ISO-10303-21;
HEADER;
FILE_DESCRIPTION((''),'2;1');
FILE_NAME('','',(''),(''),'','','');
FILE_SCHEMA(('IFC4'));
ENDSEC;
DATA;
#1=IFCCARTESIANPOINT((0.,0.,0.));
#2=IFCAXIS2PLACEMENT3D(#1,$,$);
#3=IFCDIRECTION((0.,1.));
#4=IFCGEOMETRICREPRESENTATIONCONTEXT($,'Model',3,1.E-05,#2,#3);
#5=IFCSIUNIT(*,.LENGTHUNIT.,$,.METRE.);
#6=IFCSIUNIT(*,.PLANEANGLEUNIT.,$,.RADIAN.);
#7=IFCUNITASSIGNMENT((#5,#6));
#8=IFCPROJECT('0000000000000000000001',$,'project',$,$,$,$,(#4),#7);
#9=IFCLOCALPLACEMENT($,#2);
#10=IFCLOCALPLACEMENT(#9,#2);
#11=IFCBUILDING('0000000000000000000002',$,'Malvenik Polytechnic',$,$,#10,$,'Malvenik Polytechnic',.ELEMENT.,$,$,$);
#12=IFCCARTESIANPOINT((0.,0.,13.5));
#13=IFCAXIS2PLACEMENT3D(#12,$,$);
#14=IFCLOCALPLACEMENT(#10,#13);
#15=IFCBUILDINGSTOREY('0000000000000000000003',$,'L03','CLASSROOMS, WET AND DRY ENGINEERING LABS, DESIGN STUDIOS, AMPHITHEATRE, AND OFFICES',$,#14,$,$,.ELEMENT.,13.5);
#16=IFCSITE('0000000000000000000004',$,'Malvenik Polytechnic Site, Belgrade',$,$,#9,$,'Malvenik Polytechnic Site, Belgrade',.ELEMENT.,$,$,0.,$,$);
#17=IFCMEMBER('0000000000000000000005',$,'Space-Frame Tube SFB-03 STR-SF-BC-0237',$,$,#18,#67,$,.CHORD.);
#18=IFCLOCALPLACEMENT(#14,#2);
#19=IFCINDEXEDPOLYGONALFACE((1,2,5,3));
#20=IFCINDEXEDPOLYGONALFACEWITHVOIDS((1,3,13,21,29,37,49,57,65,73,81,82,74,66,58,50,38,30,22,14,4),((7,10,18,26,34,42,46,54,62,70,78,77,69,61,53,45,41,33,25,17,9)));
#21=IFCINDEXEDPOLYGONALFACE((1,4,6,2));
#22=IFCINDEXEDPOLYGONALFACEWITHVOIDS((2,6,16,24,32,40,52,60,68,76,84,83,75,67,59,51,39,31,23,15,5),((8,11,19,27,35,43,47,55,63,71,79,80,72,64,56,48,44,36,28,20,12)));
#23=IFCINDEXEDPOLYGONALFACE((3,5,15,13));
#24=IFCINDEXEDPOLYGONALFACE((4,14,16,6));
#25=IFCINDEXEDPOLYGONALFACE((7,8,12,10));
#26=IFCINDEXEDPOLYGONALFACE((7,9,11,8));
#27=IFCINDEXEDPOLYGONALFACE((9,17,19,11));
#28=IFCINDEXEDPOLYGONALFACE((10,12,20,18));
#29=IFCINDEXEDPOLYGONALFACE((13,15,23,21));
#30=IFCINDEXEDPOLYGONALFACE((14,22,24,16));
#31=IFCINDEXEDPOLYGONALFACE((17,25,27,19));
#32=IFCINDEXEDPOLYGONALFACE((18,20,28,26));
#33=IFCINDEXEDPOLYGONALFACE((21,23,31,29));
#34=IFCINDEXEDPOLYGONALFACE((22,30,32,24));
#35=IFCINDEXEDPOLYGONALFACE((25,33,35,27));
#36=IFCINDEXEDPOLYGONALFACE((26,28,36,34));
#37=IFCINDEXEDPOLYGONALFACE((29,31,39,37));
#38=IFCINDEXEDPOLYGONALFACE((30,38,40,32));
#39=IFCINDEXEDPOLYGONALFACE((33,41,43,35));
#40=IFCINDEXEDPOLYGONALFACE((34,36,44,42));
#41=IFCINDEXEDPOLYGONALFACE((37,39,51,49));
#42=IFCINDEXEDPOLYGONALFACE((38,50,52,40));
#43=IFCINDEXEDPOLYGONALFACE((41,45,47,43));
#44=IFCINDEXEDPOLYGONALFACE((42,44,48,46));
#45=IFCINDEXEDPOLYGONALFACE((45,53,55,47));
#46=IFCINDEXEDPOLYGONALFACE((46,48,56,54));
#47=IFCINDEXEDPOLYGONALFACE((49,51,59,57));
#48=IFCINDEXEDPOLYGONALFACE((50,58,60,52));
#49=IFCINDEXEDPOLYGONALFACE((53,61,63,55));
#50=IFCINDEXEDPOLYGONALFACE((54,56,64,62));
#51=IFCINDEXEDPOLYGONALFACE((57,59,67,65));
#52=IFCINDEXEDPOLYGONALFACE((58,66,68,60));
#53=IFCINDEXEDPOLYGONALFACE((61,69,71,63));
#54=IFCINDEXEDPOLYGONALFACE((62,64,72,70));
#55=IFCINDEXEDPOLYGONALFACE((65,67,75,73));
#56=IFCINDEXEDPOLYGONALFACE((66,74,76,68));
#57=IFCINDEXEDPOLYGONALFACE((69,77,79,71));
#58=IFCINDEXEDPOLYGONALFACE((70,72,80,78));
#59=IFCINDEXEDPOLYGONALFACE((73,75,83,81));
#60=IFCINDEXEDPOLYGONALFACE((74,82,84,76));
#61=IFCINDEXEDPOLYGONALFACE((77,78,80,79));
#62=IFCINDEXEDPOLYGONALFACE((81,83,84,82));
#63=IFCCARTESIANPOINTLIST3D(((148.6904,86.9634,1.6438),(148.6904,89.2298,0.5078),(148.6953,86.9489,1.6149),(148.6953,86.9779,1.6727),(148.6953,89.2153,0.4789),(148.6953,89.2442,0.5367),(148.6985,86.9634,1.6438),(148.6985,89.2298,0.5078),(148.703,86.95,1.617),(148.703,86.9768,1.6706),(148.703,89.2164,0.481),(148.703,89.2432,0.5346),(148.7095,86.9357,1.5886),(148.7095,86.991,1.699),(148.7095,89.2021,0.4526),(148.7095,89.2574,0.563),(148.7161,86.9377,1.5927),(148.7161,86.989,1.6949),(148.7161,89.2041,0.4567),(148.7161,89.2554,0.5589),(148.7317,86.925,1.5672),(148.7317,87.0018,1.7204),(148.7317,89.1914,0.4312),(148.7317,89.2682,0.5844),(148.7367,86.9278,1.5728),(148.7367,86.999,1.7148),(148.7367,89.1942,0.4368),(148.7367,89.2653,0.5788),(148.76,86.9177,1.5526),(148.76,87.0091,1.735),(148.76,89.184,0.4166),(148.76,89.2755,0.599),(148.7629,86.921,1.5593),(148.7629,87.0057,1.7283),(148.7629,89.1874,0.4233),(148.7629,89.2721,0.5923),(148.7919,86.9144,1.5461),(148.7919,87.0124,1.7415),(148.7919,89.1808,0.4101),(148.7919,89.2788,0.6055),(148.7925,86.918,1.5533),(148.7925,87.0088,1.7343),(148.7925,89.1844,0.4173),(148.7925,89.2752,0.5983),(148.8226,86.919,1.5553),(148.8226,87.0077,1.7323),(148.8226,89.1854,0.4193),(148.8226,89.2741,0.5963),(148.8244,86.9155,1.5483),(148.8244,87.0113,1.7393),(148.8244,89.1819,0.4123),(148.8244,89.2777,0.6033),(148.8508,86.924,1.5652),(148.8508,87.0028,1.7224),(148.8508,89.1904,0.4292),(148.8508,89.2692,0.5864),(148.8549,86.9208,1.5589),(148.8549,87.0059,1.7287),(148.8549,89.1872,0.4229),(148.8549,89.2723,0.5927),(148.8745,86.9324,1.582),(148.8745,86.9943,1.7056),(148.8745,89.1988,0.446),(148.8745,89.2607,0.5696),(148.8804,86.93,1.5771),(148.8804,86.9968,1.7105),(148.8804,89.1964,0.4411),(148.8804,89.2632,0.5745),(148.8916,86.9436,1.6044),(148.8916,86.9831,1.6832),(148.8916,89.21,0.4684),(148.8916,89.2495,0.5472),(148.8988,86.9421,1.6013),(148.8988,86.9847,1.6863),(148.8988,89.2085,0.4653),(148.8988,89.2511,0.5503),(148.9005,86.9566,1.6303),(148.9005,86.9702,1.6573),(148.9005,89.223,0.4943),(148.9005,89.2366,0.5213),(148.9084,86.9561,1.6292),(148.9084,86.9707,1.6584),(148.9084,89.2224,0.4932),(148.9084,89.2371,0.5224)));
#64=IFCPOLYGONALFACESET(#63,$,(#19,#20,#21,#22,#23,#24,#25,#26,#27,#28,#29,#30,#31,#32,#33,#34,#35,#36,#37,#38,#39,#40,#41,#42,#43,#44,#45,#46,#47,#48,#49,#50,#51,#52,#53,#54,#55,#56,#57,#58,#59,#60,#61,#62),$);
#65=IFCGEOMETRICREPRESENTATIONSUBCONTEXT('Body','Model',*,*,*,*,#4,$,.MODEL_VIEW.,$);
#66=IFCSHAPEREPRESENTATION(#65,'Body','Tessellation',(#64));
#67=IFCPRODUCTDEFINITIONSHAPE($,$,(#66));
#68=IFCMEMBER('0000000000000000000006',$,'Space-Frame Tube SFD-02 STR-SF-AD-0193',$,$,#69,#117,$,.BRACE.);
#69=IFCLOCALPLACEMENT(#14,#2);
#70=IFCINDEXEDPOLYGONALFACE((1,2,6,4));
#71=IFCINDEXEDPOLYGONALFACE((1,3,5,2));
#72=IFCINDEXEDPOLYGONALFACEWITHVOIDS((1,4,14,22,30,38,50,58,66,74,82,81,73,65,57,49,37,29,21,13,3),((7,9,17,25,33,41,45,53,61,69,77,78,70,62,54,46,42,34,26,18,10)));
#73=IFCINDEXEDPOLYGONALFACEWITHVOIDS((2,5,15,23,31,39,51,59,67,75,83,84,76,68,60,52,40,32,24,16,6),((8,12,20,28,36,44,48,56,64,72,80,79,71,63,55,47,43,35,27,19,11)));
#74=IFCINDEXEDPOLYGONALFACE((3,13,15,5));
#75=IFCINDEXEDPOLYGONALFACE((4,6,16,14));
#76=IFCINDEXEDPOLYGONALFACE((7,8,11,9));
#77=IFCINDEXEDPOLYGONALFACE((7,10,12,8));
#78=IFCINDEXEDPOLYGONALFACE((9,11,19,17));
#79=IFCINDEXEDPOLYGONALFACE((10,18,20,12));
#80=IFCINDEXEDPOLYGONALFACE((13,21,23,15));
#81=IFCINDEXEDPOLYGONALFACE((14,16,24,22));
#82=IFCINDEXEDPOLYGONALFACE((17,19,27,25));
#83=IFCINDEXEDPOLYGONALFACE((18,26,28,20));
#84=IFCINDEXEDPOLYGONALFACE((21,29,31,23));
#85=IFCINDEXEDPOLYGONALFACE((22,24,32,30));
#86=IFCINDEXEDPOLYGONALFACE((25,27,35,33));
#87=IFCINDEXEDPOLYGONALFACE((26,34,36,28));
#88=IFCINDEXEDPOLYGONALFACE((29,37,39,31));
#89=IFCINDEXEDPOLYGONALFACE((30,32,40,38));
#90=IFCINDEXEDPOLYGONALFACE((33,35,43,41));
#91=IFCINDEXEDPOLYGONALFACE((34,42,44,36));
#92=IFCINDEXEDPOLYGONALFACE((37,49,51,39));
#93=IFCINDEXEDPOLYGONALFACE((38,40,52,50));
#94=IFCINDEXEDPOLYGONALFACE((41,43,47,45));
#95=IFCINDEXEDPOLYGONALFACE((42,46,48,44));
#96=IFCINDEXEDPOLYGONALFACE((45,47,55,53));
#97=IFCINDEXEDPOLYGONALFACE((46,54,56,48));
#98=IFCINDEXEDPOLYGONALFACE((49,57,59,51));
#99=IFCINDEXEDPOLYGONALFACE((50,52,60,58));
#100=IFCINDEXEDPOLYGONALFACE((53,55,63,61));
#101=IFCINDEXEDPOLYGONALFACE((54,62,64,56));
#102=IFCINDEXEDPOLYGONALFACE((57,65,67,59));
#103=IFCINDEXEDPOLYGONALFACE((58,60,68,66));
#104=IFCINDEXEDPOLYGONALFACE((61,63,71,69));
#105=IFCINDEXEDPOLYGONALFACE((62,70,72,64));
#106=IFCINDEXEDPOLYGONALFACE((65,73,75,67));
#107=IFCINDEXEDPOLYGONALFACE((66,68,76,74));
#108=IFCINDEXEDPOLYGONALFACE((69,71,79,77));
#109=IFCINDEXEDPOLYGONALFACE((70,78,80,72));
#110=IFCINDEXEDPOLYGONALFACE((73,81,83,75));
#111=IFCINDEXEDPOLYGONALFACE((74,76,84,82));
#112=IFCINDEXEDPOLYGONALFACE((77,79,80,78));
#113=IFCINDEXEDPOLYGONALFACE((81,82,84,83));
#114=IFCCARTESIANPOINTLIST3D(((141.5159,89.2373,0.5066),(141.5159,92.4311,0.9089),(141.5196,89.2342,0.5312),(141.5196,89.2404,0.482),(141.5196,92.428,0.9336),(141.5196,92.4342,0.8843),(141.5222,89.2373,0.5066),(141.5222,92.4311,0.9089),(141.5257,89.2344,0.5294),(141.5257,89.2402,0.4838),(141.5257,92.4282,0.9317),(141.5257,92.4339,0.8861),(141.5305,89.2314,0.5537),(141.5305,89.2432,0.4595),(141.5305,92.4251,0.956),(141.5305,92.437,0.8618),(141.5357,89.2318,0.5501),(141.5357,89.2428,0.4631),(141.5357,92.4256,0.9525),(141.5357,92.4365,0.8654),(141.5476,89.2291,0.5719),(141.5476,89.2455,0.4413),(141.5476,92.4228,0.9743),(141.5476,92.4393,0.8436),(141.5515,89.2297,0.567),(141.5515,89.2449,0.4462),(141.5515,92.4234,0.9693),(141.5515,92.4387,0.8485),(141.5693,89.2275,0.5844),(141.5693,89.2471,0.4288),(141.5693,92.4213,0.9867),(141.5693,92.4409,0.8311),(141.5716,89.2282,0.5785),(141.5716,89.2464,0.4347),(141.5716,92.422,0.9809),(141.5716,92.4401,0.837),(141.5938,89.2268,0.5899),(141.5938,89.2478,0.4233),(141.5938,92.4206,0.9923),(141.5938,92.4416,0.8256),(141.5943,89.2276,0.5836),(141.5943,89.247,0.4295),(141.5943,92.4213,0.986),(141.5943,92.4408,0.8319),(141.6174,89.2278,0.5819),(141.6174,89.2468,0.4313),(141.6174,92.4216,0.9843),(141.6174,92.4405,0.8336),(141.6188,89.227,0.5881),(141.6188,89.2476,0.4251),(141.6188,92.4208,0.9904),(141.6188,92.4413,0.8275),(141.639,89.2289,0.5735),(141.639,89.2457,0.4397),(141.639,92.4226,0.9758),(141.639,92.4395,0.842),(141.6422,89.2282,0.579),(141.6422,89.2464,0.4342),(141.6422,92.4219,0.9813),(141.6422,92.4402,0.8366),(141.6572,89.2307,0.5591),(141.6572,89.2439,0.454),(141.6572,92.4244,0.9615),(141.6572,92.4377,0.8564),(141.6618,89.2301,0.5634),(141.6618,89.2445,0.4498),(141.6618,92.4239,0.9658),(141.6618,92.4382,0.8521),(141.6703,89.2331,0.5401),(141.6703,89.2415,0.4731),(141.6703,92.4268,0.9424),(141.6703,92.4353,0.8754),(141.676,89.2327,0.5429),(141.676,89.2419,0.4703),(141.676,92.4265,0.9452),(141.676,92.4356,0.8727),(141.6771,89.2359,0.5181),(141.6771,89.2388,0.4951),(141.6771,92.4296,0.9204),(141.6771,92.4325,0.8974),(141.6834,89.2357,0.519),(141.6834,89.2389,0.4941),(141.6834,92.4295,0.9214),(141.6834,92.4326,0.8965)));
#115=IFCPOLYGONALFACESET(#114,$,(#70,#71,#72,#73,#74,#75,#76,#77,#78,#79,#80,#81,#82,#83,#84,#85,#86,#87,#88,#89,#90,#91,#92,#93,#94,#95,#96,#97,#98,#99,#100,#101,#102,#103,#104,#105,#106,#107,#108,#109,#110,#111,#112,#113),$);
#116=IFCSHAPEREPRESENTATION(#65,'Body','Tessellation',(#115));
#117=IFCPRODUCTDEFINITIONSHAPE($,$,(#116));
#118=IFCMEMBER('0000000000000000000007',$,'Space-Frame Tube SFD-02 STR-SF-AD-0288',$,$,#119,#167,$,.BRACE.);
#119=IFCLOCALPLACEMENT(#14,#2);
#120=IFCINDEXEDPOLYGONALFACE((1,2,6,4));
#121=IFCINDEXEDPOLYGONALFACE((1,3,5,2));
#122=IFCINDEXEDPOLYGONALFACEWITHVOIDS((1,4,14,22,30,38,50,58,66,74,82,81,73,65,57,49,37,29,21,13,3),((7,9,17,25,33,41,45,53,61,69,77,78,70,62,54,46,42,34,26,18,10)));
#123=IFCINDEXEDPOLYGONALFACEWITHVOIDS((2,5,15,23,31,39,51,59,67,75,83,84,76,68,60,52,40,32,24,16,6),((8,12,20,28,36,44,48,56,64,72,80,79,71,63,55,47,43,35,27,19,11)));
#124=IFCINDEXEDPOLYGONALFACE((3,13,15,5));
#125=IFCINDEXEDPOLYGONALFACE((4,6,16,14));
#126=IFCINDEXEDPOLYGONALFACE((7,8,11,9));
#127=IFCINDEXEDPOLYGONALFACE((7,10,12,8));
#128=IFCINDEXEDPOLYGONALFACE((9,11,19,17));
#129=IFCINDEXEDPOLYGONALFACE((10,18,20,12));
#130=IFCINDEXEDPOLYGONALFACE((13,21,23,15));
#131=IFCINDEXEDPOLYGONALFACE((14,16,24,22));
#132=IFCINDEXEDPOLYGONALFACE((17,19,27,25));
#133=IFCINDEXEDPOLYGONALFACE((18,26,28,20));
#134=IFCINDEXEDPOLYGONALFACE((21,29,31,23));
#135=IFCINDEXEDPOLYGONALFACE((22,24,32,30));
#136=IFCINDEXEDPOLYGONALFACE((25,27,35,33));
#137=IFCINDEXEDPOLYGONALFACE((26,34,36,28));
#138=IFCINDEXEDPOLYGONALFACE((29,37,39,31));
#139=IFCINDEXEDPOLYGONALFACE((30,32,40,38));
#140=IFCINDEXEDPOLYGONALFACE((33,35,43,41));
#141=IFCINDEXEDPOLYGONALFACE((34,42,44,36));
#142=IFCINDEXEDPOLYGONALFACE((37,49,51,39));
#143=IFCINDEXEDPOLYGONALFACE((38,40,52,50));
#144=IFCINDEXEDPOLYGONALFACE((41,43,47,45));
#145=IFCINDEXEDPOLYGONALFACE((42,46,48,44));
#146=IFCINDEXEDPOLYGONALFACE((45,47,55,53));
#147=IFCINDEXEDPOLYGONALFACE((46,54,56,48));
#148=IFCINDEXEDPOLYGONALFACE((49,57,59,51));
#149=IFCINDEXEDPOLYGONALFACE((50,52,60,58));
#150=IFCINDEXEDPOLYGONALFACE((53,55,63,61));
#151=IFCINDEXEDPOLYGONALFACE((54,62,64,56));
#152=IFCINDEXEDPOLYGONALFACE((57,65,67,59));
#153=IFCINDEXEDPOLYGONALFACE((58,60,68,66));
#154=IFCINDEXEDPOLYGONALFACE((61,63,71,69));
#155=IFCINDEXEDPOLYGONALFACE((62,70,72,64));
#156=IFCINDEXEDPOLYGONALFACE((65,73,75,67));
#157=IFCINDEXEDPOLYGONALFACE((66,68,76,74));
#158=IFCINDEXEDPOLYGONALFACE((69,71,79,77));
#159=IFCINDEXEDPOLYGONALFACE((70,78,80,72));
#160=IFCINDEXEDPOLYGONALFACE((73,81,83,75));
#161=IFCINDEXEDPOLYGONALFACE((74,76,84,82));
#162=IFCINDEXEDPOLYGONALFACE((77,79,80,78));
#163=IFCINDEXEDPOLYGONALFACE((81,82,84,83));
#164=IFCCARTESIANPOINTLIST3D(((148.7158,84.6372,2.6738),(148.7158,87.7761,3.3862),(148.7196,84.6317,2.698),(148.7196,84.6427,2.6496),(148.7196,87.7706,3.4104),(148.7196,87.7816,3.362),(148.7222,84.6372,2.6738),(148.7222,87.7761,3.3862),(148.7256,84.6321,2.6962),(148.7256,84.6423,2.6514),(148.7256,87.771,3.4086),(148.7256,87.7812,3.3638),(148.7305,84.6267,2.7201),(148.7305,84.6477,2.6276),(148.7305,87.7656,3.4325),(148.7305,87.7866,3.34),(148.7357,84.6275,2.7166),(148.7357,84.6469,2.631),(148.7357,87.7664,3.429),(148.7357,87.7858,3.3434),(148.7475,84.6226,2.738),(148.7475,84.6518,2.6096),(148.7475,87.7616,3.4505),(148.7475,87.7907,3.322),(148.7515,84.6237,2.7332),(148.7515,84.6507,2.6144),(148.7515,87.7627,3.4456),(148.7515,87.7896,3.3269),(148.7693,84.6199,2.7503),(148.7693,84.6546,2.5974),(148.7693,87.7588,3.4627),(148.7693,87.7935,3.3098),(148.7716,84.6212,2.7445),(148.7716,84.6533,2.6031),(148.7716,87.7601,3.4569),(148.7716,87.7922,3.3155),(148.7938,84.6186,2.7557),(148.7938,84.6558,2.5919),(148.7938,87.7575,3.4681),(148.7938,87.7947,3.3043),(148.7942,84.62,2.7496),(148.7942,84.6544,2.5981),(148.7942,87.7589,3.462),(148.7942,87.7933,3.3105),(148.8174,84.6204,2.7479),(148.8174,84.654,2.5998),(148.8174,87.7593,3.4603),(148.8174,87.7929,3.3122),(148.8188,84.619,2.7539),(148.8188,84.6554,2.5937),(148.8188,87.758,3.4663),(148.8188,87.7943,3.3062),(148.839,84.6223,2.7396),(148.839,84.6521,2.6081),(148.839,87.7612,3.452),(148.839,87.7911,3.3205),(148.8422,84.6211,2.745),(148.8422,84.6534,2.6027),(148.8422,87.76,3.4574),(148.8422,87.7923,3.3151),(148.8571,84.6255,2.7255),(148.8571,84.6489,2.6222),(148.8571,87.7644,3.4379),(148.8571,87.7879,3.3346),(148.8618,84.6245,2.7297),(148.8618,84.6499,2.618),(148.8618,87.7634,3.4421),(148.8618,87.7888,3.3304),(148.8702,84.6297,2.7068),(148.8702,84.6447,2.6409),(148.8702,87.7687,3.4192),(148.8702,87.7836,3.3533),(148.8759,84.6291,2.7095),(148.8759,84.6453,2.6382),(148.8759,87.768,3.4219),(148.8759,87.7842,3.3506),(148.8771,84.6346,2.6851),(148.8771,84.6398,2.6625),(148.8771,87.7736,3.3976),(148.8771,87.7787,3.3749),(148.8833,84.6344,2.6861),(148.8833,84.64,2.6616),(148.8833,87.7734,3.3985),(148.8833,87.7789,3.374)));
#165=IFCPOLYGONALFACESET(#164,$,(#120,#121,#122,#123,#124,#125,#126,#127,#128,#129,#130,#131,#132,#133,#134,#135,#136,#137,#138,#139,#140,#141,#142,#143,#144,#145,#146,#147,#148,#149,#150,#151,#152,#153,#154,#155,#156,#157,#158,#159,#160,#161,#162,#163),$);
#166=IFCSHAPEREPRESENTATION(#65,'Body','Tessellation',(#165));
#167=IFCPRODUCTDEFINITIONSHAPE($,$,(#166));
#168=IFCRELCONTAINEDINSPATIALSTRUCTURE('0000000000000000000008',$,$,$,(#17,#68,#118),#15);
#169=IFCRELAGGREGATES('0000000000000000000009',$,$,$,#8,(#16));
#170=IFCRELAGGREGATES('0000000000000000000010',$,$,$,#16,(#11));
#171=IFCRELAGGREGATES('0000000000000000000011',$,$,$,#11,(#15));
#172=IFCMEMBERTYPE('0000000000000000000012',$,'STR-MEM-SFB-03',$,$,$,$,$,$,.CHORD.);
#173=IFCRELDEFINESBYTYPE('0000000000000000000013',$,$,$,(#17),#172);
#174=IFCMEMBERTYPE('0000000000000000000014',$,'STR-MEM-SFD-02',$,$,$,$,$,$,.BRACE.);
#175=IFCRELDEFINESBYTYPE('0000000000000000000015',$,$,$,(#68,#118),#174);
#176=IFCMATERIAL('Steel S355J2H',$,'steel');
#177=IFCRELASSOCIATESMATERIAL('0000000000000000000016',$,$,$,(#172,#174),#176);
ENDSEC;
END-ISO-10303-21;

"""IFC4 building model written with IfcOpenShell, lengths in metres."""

from ifc_helpers import new_model, si_unit, direction, frame, origin, origin_2d, place, context, subcontext, project, spatial, hollow_circle, extrude, material, material_profile, profile_set, type_object, element, save


model = new_model("IFC4")

# Units and contexts
model_context = context("Model", 3, precision=1e-05, world=origin(), true_north=direction((0.0, 1.0)))
body_context = subcontext(model_context, "Body", "Model", "MODEL_VIEW")
ifc_project = project(units=[si_unit("LENGTHUNIT", "METRE"), si_unit("PLANEANGLEUNIT", "RADIAN")], contexts=[model_context])

# Site, building, storey
site_placement = place(None, origin())
site = spatial("IfcSite", under=ifc_project, at=site_placement, Name="Malvenik Polytechnic Site, Belgrade", LongName="Malvenik Polytechnic Site, Belgrade", CompositionType="ELEMENT", RefElevation=0.0)
building_placement = place(site_placement, origin())
building = spatial("IfcBuilding", under=site, at=building_placement, Name="Malvenik Polytechnic", LongName="Malvenik Polytechnic", CompositionType="ELEMENT")
storey_placement = place(building_placement, frame((0.0, 0.0, 13.5)))
storey = spatial("IfcBuildingStorey", under=building, at=storey_placement, Name="L03", Description="CLASSROOMS, WET AND DRY ENGINEERING LABS, DESIGN STUDIOS, AMPHITHEATRE, AND OFFICES", CompositionType="ELEMENT", Elevation=13.5)

# Members
ifc_material_1 = material(Name="Steel S355J2H", Category="steel")
ifc_material_profile_1 = material_profile(ifc_material_1, hollow_circle(Radius=0.1096, WallThickness=0.0081, at=origin_2d()), Name="CHS 219.1x8.0")
ifc_profile_set_1 = profile_set([ifc_material_profile_1], Name="Steel S355J2H")
member_type_1 = type_object("IfcMemberType", Name="STR-MEM-SFB-03", PredefinedType="CHORD", material=ifc_profile_set_1)
member_1_placement = place(storey_placement, frame((148.8, 86.9634, 1.6438), z_axis=(0.0, 0.893984, -0.448099), x_axis=(-1.0, 0.0, 0.0)))
element("IfcMember", 1, at=member_1_placement, inside=storey, type_object=member_type_1, Name="Space-Frame Tube SFB-03 STR-SF-BC-0237", PredefinedType="CHORD", context=body_context, shape_type="SweptSolid", body=[
    extrude(hollow_circle(Radius=0.1096, WallThickness=0.0081, at=origin_2d()), origin(), (0.0, 0.0, 1.0), 2.5352),
])
ifc_material_profile_2 = material_profile(ifc_material_1, hollow_circle(Radius=0.0842, WallThickness=0.0063, at=origin_2d()), Name="CHS 168.3x6.3")
ifc_profile_set_2 = profile_set([ifc_material_profile_2], Name="Steel S355J2H")
member_type_2 = type_object("IfcMemberType", Name="STR-MEM-SFD-02", PredefinedType="BRACE", material=ifc_profile_set_2)
member_2_placement = place(storey_placement, frame((141.6001, 89.2373, 0.5066), z_axis=(0.0, 0.992158, 0.124987), x_axis=(-1.0, 0.0, 0.0)))
element("IfcMember", 2, at=member_2_placement, inside=storey, type_object=member_type_2, Name="Space-Frame Tube SFD-02 STR-SF-AD-0193", PredefinedType="BRACE", context=body_context, shape_type="SweptSolid", body=[
    extrude(hollow_circle(Radius=0.0842, WallThickness=0.0063, at=origin_2d()), origin(), (0.0, 0.0, 1.0), 3.219),
])
member_3_placement = place(storey_placement, frame((148.8, 84.6372, 2.6738), z_axis=(0.0, 0.975199, 0.221329), x_axis=(-1.0, 0.0, 0.0)))
element("IfcMember", 3, at=member_3_placement, inside=storey, type_object=member_type_2, Name="Space-Frame Tube SFD-02 STR-SF-AD-0288", PredefinedType="BRACE", context=body_context, shape_type="SweptSolid", body=[
    extrude(hollow_circle(Radius=0.0842, WallThickness=0.0063, at=origin_2d()), origin(), (0.0, 0.0, 1.0), 3.2188),
])

save(model, "model.ifc")
